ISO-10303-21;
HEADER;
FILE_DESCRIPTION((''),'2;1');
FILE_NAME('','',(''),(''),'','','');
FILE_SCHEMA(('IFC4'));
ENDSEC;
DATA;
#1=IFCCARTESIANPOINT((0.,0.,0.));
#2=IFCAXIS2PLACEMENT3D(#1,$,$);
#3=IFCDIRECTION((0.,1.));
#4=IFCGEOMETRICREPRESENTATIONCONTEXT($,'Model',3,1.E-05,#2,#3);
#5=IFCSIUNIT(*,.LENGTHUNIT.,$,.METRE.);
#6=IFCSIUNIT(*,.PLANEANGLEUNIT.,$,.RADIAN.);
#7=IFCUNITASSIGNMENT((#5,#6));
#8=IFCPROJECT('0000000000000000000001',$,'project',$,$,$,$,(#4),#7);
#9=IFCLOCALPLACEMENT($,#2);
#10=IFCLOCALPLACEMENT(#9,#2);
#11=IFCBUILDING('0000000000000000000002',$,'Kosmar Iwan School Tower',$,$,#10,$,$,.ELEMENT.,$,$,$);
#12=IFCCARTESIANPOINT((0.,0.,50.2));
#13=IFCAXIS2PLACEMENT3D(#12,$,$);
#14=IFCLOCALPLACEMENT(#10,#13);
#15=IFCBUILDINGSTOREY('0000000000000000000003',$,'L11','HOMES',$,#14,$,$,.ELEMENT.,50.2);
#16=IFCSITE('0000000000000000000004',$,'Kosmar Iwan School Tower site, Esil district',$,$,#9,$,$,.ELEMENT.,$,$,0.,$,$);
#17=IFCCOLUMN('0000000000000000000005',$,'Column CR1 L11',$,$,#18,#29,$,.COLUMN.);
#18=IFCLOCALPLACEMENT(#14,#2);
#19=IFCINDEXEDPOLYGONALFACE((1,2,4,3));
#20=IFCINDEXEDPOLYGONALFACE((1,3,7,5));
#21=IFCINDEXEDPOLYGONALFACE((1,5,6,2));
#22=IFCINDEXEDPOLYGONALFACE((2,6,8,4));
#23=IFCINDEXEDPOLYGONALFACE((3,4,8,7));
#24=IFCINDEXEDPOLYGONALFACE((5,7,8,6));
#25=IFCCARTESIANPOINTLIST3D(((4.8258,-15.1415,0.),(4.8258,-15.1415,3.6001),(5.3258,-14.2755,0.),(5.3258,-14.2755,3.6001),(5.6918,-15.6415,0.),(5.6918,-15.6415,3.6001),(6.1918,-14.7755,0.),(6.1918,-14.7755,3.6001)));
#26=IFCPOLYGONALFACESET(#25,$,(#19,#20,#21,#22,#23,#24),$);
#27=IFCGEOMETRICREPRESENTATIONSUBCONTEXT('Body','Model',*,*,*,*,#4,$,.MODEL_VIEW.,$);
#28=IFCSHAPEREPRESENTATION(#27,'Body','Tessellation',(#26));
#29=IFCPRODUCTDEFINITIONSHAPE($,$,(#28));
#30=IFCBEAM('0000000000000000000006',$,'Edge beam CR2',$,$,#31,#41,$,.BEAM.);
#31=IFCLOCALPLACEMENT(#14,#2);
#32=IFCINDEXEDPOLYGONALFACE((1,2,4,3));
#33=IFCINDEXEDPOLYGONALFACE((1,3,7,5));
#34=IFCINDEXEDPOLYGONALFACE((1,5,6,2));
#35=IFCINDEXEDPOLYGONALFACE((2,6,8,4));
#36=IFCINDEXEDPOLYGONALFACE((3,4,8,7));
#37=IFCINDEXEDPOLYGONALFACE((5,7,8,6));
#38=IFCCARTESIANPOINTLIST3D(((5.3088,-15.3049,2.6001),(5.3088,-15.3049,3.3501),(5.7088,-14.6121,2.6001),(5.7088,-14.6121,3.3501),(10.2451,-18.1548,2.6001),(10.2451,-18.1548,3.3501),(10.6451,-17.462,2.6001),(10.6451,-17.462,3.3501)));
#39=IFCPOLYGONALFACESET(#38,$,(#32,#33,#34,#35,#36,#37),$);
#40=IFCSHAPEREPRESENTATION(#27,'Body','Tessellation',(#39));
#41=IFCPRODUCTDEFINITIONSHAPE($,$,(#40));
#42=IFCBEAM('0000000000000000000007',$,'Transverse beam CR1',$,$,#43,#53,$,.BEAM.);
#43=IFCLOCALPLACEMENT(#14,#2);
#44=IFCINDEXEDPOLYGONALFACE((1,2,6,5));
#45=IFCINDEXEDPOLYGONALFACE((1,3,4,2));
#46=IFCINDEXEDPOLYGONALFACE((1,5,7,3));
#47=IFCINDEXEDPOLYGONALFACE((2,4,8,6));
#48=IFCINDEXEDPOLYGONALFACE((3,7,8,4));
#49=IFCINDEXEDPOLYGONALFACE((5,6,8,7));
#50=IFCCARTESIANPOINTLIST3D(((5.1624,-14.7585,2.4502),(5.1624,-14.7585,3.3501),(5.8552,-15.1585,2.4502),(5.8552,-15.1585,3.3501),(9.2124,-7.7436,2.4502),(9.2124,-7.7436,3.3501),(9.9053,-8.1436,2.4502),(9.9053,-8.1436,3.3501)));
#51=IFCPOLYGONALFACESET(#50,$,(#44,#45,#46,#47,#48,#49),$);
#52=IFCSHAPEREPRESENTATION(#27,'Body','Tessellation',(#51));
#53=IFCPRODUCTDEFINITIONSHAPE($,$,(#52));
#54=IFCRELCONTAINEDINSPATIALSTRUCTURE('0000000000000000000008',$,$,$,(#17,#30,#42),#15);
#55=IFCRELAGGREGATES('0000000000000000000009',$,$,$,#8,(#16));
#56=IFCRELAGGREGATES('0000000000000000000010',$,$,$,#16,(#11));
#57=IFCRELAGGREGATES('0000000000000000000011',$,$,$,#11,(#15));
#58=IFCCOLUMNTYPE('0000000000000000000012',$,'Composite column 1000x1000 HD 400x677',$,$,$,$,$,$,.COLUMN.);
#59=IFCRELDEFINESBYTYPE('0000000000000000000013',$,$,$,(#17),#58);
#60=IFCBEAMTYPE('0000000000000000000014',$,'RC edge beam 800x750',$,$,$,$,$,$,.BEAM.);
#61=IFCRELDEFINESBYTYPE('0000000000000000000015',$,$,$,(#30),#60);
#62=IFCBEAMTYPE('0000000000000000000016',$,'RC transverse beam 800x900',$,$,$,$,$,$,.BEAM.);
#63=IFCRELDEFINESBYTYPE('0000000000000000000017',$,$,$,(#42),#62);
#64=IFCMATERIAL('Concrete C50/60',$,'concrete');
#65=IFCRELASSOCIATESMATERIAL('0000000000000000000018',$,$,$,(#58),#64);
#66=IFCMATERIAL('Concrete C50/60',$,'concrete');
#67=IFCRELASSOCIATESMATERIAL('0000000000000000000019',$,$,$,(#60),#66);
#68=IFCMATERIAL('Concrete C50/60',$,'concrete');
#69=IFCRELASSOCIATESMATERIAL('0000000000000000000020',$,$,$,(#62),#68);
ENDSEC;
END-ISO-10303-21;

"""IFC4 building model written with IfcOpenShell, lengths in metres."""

from ifc_helpers import new_model, si_unit, direction, frame, origin, origin_2d, place, context, subcontext, project, spatial, rectangle, extrude, material, material_profile, profile_set, type_object, element, save


model = new_model("IFC4")

# Units and contexts
model_context = context("Model", 3, precision=1e-05, world=origin(), true_north=direction((0.0, 1.0)))
body_context = subcontext(model_context, "Body", "Model", "MODEL_VIEW")
ifc_project = project(units=[si_unit("LENGTHUNIT", "METRE"), si_unit("PLANEANGLEUNIT", "RADIAN")], contexts=[model_context])

# Site, building, storey
site_placement = place(None, origin())
site = spatial("IfcSite", under=ifc_project, at=site_placement, Name="Kosmar Iwan School Tower site, Esil district", CompositionType="ELEMENT", RefElevation=0.0)
building_placement = place(site_placement, origin())
building = spatial("IfcBuilding", under=site, at=building_placement, Name="Kosmar Iwan School Tower", CompositionType="ELEMENT")
storey_placement = place(building_placement, frame((0.0, 0.0, 50.2)))
storey = spatial("IfcBuildingStorey", under=building, at=storey_placement, Name="L11", Description="HOMES", CompositionType="ELEMENT", Elevation=50.2)

# Column
ifc_material_1 = material(Name="Concrete C50/60", Category="concrete")
ifc_material_profile_1 = material_profile(ifc_material_1, rectangle(XDim=1.0, YDim=1.0, at=origin_2d()), Name="RC 1000x1000 + HD 400x677")
ifc_profile_set_1 = profile_set([ifc_material_profile_1], Name="Concrete C50/60")
column_type = type_object("IfcColumnType", Name="Composite column 1000x1000 HD 400x677", PredefinedType="COLUMN", material=ifc_profile_set_1)
column_placement = place(storey_placement, frame((5.5088, -14.9585, 0.0), z_axis=(0.0, 0.0, 1.0), x_axis=(0.866025, -0.5, 0.0)))
element("IfcColumn", 1, at=column_placement, inside=storey, type_object=column_type, Name="Column CR1 L11", PredefinedType="COLUMN", context=body_context, shape_type="SweptSolid", body=[
    extrude(rectangle(XDim=1.0, YDim=1.0, at=origin_2d()), origin(), (0.0, 0.0, 1.0), 3.6001),
])

# Beams
ifc_material_2 = material(Name="Concrete C50/60", Category="concrete")
ifc_material_profile_2 = material_profile(ifc_material_2, rectangle(XDim=0.8, YDim=0.75, at=origin_2d()), Name="RC 800x750")
ifc_profile_set_2 = profile_set([ifc_material_profile_2], Name="Concrete C50/60")
beam_type_1 = type_object("IfcBeamType", Name="RC edge beam 800x750", PredefinedType="BEAM", material=ifc_profile_set_2)
beam_1_placement = place(storey_placement, frame((5.5088, -14.9585, 2.9751), z_axis=(0.866034, -0.499986, 0.0), x_axis=(0.499986, 0.866034, 0.0)))
element("IfcBeam", 2, at=beam_1_placement, inside=storey, type_object=beam_type_1, Name="Edge beam CR2", PredefinedType="BEAM", context=body_context, shape_type="SweptSolid", body=[
    extrude(rectangle(XDim=0.8, YDim=0.75, at=origin_2d()), origin(), (0.0, 0.0, 1.0), 5.7),
])
ifc_material_3 = material(Name="Concrete C50/60", Category="concrete")
ifc_material_profile_3 = material_profile(ifc_material_3, rectangle(XDim=0.8, YDim=0.8999, at=origin_2d()), Name="RC 800x900")
ifc_profile_set_3 = profile_set([ifc_material_profile_3], Name="Concrete C50/60")
beam_type_2 = type_object("IfcBeamType", Name="RC transverse beam 800x900", PredefinedType="BEAM", material=ifc_profile_set_3)
beam_2_placement = place(storey_placement, frame((5.5088, -14.9585, 2.9001), z_axis=(0.5, 0.866025, 0.0), x_axis=(-0.866025, 0.5, 0.0)))
element("IfcBeam", 3, at=beam_2_placement, inside=storey, type_object=beam_type_2, Name="Transverse beam CR1", PredefinedType="BEAM", context=body_context, shape_type="SweptSolid", body=[
    extrude(rectangle(XDim=0.8, YDim=0.8999, at=origin_2d()), origin(), (0.0, 0.0, 1.0), 8.1001),
])

save(model, "model.ifc")
